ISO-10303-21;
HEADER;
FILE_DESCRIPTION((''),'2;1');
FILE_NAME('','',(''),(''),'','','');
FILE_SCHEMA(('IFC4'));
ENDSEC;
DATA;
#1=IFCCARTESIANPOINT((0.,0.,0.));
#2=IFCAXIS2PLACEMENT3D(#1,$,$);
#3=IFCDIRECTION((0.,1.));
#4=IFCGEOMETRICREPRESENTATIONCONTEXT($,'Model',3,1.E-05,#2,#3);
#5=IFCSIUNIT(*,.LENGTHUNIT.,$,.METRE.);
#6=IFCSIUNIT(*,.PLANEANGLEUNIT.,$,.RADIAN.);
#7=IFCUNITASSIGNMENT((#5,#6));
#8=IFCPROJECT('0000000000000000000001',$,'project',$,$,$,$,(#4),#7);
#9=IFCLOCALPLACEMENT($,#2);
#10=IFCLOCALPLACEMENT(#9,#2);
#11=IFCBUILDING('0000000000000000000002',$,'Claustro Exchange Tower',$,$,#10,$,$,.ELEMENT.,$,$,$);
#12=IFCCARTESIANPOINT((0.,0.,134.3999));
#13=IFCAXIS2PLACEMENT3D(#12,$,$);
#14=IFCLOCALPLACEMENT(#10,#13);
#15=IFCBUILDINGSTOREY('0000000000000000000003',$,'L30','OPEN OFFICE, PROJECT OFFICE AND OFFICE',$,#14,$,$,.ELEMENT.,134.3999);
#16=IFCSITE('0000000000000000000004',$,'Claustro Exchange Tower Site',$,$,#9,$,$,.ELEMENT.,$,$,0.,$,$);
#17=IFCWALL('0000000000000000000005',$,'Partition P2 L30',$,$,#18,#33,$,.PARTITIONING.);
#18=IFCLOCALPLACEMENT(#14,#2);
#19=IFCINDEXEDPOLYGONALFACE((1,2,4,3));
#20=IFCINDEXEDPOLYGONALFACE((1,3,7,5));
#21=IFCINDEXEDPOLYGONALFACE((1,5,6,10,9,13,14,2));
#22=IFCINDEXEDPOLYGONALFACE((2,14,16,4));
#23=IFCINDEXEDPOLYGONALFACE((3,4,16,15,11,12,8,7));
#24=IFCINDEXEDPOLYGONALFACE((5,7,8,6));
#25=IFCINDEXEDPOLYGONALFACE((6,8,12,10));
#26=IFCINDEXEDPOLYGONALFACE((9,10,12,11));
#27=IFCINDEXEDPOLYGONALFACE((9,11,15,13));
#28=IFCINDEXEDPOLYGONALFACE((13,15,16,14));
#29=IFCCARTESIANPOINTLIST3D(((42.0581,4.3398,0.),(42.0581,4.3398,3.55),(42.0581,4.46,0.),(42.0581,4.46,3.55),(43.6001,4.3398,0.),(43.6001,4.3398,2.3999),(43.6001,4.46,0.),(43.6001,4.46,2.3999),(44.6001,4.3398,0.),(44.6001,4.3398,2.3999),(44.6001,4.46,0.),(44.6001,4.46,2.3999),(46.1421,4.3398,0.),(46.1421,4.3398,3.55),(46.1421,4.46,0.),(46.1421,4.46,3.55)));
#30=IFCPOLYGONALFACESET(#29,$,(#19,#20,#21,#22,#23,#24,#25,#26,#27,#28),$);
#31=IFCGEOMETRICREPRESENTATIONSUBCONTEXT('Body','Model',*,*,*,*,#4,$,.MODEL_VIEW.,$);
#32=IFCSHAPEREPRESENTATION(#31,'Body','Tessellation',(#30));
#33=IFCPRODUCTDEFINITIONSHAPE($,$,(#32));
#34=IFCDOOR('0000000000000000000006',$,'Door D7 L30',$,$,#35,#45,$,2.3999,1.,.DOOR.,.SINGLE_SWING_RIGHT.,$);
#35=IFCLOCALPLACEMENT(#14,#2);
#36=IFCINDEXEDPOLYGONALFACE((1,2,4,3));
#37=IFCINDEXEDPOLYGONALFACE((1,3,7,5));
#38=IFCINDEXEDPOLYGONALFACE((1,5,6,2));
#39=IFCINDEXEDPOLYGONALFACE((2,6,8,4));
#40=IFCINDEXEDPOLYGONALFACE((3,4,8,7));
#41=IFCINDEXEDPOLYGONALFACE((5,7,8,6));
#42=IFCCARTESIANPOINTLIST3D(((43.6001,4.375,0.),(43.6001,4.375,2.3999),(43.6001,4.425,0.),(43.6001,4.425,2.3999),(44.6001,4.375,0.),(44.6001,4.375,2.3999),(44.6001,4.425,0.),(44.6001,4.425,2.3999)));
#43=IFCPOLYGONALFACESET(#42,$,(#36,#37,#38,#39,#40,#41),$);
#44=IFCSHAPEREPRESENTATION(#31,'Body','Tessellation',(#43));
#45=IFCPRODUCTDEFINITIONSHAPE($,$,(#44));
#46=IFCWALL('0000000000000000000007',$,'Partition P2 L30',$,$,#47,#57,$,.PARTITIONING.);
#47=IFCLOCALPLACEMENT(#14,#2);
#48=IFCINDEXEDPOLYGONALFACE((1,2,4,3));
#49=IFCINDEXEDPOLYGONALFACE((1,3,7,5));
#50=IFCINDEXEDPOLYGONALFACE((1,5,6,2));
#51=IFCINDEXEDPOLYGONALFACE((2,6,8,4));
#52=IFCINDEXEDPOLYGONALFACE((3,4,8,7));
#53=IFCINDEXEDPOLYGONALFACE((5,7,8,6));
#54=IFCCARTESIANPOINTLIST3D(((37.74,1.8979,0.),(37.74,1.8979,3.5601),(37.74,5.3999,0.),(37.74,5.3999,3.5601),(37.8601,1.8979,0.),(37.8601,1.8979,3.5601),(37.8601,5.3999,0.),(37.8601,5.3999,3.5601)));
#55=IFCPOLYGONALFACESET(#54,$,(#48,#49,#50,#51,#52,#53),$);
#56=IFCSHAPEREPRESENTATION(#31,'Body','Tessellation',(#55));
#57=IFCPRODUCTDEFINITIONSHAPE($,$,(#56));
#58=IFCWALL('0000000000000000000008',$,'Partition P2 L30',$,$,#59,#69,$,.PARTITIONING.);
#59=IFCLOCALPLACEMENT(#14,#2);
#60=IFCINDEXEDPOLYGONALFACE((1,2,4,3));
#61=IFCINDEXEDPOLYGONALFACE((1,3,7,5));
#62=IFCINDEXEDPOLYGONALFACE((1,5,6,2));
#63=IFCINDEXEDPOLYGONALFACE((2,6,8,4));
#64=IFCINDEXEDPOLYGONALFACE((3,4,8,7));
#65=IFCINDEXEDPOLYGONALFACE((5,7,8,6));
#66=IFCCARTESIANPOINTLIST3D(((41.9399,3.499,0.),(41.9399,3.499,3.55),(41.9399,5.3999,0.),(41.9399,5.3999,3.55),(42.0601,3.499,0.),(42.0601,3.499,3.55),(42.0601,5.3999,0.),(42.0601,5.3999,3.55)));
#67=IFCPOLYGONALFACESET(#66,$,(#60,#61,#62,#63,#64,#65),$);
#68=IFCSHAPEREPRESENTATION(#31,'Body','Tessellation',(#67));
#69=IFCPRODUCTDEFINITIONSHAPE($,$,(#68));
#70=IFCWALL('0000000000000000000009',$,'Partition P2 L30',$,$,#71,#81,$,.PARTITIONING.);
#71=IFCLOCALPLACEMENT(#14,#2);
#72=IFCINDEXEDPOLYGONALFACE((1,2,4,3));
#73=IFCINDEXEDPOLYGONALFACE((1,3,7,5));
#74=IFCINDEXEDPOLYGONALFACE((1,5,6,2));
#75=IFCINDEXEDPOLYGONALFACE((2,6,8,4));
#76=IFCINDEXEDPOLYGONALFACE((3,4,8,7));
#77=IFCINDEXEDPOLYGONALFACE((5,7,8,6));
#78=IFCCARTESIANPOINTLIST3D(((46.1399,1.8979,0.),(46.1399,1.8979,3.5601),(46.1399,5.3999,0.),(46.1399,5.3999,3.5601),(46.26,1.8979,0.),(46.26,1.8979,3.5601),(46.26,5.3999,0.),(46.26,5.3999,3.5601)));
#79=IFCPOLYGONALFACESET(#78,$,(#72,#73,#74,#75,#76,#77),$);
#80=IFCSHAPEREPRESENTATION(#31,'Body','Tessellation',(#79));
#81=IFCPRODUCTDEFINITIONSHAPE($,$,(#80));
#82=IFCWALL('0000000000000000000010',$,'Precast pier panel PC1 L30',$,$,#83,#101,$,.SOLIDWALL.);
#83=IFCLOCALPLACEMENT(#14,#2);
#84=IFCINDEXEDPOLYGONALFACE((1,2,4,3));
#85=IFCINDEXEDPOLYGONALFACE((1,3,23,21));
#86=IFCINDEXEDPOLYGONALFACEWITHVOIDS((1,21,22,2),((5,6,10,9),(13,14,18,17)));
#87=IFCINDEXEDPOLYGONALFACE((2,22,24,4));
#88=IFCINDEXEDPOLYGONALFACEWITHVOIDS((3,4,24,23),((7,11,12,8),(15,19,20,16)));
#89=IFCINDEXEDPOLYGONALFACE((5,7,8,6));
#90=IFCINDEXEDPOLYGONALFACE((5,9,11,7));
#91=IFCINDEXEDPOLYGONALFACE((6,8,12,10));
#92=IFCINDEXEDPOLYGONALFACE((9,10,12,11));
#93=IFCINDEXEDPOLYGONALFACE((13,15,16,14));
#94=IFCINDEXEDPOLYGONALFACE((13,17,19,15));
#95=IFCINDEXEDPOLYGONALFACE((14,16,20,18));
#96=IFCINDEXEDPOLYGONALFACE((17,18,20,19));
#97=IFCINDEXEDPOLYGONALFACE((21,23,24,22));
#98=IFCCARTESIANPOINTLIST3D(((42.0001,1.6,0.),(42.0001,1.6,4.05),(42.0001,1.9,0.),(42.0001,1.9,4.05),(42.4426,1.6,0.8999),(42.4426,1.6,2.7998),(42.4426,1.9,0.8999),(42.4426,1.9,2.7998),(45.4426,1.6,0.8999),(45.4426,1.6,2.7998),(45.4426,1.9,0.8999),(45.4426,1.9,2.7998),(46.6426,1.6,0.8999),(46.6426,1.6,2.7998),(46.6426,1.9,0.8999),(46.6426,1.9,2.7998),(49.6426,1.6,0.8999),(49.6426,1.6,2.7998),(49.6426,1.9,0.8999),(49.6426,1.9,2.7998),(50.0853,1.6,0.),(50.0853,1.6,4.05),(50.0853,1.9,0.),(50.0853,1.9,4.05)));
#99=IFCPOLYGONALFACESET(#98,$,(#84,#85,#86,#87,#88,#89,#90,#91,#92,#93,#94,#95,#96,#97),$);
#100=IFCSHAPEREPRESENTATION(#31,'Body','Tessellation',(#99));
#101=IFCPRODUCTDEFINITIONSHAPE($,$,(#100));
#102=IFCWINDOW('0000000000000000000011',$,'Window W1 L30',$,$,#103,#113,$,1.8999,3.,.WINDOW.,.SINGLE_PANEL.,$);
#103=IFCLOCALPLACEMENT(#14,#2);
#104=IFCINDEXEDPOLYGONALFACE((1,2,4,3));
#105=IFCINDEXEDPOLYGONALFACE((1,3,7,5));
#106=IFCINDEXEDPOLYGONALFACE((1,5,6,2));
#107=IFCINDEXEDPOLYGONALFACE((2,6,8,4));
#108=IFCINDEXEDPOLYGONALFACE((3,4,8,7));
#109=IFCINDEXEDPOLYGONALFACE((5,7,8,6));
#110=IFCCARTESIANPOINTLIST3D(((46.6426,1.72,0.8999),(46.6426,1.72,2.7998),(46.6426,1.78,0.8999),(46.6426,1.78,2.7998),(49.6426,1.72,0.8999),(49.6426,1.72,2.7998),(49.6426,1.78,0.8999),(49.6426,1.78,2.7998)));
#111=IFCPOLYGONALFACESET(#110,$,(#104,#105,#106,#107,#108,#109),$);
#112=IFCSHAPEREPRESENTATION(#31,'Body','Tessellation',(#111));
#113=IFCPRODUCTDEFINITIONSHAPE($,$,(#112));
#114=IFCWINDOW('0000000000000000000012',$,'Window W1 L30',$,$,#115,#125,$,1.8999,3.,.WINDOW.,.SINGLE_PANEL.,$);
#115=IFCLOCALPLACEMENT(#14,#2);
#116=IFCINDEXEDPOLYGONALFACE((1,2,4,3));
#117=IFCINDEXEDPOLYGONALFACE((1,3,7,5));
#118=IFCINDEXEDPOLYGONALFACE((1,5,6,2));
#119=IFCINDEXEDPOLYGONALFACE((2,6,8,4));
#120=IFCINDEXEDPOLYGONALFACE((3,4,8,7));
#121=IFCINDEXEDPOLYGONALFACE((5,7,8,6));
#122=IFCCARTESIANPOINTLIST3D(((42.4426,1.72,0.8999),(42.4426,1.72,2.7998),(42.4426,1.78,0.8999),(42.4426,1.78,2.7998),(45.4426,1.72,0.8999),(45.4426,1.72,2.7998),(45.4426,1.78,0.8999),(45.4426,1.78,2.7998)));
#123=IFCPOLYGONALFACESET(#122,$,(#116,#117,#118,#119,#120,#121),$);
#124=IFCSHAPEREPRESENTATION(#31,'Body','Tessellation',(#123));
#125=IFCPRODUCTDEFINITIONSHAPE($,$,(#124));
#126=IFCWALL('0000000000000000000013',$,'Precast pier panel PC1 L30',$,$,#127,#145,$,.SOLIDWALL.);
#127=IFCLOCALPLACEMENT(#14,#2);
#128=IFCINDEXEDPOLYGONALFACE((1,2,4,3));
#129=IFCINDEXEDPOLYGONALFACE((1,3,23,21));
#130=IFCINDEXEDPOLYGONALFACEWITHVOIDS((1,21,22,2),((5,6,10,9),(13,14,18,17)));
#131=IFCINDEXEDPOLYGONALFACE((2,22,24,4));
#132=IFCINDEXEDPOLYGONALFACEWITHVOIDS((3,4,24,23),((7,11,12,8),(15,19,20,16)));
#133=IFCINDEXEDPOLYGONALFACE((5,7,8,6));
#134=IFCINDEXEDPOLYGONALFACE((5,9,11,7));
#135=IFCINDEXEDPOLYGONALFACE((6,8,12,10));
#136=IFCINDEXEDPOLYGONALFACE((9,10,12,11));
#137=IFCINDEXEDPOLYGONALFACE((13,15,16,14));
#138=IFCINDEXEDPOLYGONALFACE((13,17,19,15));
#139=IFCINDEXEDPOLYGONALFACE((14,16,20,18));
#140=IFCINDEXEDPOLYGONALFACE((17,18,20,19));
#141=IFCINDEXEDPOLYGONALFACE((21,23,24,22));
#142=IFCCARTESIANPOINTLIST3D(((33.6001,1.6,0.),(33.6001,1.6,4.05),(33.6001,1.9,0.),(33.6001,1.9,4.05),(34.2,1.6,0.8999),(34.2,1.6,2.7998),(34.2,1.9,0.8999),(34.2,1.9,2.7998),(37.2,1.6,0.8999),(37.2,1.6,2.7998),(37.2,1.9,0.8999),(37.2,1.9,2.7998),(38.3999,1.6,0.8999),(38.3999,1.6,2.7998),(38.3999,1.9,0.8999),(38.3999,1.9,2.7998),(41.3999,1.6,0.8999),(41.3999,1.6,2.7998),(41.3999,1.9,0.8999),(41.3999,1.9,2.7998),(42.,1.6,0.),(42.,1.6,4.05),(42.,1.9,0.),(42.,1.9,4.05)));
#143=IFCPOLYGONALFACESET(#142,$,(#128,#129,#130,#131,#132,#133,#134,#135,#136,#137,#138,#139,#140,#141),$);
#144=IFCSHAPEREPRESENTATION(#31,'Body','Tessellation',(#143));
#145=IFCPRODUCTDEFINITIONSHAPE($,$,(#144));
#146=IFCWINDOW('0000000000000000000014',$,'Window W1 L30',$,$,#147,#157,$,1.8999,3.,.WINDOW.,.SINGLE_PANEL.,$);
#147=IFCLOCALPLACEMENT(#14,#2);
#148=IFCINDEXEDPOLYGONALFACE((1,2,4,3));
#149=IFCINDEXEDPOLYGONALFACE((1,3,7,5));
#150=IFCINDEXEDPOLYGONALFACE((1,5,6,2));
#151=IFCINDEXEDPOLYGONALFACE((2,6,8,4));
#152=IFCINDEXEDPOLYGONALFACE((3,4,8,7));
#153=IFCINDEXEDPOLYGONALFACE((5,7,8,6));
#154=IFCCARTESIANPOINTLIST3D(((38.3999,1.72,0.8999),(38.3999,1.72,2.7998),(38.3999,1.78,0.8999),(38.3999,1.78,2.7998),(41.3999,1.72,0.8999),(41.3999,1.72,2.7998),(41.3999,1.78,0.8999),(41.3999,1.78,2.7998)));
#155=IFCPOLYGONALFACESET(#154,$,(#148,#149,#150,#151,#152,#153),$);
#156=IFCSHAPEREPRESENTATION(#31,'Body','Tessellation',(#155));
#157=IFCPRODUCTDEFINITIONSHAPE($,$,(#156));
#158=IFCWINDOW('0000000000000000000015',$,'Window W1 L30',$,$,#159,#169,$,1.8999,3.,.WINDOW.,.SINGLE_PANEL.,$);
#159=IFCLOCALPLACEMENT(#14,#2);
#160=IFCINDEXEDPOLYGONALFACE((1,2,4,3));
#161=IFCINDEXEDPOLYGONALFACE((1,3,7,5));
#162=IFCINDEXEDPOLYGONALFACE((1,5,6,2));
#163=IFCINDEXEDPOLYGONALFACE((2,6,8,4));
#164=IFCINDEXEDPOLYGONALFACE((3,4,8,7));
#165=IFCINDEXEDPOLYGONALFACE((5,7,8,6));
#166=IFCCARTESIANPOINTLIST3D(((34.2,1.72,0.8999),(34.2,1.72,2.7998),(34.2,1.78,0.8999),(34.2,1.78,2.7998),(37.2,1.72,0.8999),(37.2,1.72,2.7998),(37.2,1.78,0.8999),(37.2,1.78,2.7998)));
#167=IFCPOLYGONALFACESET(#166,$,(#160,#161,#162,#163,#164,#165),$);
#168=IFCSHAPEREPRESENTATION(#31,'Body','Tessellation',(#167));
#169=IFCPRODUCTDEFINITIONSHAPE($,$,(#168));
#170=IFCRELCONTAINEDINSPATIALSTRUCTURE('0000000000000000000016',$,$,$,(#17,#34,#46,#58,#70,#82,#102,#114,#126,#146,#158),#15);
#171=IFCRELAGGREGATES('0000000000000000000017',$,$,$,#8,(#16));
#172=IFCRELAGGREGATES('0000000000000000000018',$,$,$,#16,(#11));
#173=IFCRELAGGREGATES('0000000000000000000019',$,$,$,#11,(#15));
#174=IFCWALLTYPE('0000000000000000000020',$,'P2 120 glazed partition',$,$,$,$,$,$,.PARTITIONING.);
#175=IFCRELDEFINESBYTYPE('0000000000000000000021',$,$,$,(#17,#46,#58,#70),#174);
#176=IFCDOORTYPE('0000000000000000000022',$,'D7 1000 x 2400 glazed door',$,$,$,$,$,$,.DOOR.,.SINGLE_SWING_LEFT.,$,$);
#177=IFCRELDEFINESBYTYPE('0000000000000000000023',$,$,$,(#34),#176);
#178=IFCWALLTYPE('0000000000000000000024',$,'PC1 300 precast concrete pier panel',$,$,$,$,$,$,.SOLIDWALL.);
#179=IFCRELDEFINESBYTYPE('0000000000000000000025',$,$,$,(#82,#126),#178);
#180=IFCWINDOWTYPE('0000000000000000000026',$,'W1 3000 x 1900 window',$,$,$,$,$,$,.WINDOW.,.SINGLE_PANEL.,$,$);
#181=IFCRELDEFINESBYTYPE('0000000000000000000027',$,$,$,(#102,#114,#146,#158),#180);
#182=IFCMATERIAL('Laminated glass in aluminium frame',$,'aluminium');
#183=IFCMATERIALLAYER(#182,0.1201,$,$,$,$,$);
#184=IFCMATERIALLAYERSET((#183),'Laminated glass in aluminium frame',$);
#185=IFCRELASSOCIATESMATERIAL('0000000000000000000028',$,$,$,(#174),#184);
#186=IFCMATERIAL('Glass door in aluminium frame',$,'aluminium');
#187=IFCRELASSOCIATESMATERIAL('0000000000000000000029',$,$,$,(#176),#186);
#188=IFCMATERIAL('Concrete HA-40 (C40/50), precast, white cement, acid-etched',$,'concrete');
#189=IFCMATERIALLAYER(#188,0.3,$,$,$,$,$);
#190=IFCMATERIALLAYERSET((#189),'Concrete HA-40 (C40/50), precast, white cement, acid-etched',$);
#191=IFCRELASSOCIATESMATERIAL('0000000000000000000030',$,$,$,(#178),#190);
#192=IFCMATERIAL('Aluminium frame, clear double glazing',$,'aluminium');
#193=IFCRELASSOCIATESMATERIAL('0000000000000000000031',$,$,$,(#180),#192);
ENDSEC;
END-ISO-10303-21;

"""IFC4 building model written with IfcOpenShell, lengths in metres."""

from ifc_helpers import new_model, si_unit, direction, frame, frame_2d, origin, place, context, subcontext, project, spatial, rectangle, extrude, material, layer, layer_set, type_object, element, fill, save


model = new_model("IFC4")

# Units and contexts
model_context = context("Model", 3, precision=1e-05, world=origin(), true_north=direction((0.0, 1.0)))
body_context = subcontext(model_context, "Body", "Model", "MODEL_VIEW")
ifc_project = project(units=[si_unit("LENGTHUNIT", "METRE"), si_unit("PLANEANGLEUNIT", "RADIAN")], contexts=[model_context])

# Site, building, storey
site_placement = place(None, origin())
site = spatial("IfcSite", under=ifc_project, at=site_placement, Name="Claustro Exchange Tower Site", CompositionType="ELEMENT", RefElevation=0.0)
building_placement = place(site_placement, origin())
building = spatial("IfcBuilding", under=site, at=building_placement, Name="Claustro Exchange Tower", CompositionType="ELEMENT")
storey_placement = place(building_placement, frame((0.0, 0.0, 134.3999)))
storey = spatial("IfcBuildingStorey", under=building, at=storey_placement, Name="L30", Description="OPEN OFFICE, PROJECT OFFICE AND OFFICE", CompositionType="ELEMENT", Elevation=134.3999)

# Wall, opening, door
ifc_material_1 = material(Name="Laminated glass in aluminium frame", Category="aluminium")
ifc_layer_1 = layer(ifc_material_1, 0.1201)
ifc_layer_set_1 = layer_set([ifc_layer_1], Name="Laminated glass in aluminium frame")
wall_type_1 = type_object("IfcWallType", Name="P2 120 glazed partition", PredefinedType="PARTITIONING", material=ifc_layer_set_1)
ifc_material_2 = material(Name="Glass door in aluminium frame", Category="aluminium")
door_type = type_object("IfcDoorType", Name="D7 1000 x 2400 glazed door", OperationType="SINGLE_SWING_LEFT", PredefinedType="DOOR", material=ifc_material_2)
wall_1_placement = place(storey_placement, frame((42.0581, 4.3999, 0.0), z_axis=(0.0, 0.0, 1.0), x_axis=(1.0, 0.0, 0.0)))
wall_1 = element("IfcWall", 1, at=wall_1_placement, inside=storey, type_object=wall_type_1, Name="Partition P2 L30", PredefinedType="PARTITIONING", context=body_context, shape_type="SweptSolid", body=[
    extrude(rectangle(XDim=4.084, YDim=0.1201, at=frame_2d((2.042, 0.0))), origin(), (0.0, 0.0, 1.0), 3.55),
])
opening_1_placement = place(wall_1_placement, frame((1.542, 0.0, 0.0)))
opening_1 = element("IfcOpeningElement", 2, at=opening_1_placement, cuts=wall_1, PredefinedType="OPENING", context=body_context, shape_type="SweptSolid", body=[
    extrude(rectangle(XDim=1.0, YDim=2.3999, at=frame_2d((0.5, 1.2))), frame((0.0, 0.0701, 0.0), z_axis=(0.0, -1.0, 0.0), x_axis=(1.0, 0.0, 0.0)), (0.0, 0.0, 1.0), 0.1401),
])
door_1_placement = place(opening_1_placement, frame((1.0, 0.0, 0.0), z_axis=(0.0, 0.0, 1.0), x_axis=(-1.0, 0.0, 0.0)))
door_1 = element("IfcDoor", 3, at=door_1_placement, inside=storey, type_object=door_type, Name="Door D7 L30", OperationType="SINGLE_SWING_RIGHT", OverallHeight=2.3999, OverallWidth=1.0, PredefinedType="DOOR", context=body_context, shape_type="SweptSolid", body=[
    extrude(rectangle(XDim=1.0, YDim=2.3999, at=frame_2d((0.5, 1.2))), frame((0.0, 0.0249, 0.0), z_axis=(0.0, -1.0, 0.0), x_axis=(1.0, 0.0, 0.0)), (0.0, 0.0, 1.0), 0.05),
])
fill(opening_1, door_1)

# Walls
wall_2_placement = place(storey_placement, frame((37.8, 1.8979, 0.0), z_axis=(0.0, 0.0, 1.0), x_axis=(0.0, 1.0, 0.0)))
element("IfcWall", 4, at=wall_2_placement, inside=storey, type_object=wall_type_1, Name="Partition P2 L30", PredefinedType="PARTITIONING", context=body_context, shape_type="SweptSolid", body=[
    extrude(rectangle(XDim=3.502, YDim=0.1201, at=frame_2d((1.751, 0.0))), origin(), (0.0, 0.0, 1.0), 3.5601),
])
wall_3_placement = place(storey_placement, frame((42.0, 3.499, 0.0), z_axis=(0.0, 0.0, 1.0), x_axis=(0.0, 1.0, 0.0)))
element("IfcWall", 5, at=wall_3_placement, inside=storey, type_object=wall_type_1, Name="Partition P2 L30", PredefinedType="PARTITIONING", context=body_context, shape_type="SweptSolid", body=[
    extrude(rectangle(XDim=1.9009, YDim=0.1201, at=frame_2d((0.9504, 0.0))), origin(), (0.0, 0.0, 1.0), 3.55),
])
wall_4_placement = place(storey_placement, frame((46.2, 1.8979, 0.0), z_axis=(0.0, 0.0, 1.0), x_axis=(0.0, 1.0, 0.0)))
element("IfcWall", 6, at=wall_4_placement, inside=storey, type_object=wall_type_1, Name="Partition P2 L30", PredefinedType="PARTITIONING", context=body_context, shape_type="SweptSolid", body=[
    extrude(rectangle(XDim=3.502, YDim=0.1201, at=frame_2d((1.751, 0.0))), origin(), (0.0, 0.0, 1.0), 3.5601),
])

# Walls, openings, windows
ifc_material_3 = material(Name="Concrete HA-40 (C40/50), precast, white cement, acid-etched", Category="concrete")
ifc_layer_2 = layer(ifc_material_3, 0.3)
ifc_layer_set_2 = layer_set([ifc_layer_2], Name="Concrete HA-40 (C40/50), precast, white cement, acid-etched")
wall_type_2 = type_object("IfcWallType", Name="PC1 300 precast concrete pier panel", PredefinedType="SOLIDWALL", material=ifc_layer_set_2)
wall_5_placement = place(storey_placement, frame((50.0852, 1.75, 0.0), z_axis=(0.0, 0.0, 1.0), x_axis=(-1.0, 0.0, 0.0)))
wall_5 = element("IfcWall", 7, at=wall_5_placement, inside=storey, type_object=wall_type_2, Name="Precast pier panel PC1 L30", PredefinedType="SOLIDWALL", context=body_context, shape_type="SweptSolid", body=[
    extrude(rectangle(XDim=8.0852, YDim=0.3, at=frame_2d((4.0425, 0.0))), origin(), (0.0, 0.0, 1.0), 4.05),
])
opening_2_placement = place(wall_5_placement, frame((0.4426, 0.0, 0.8999)))
opening_2 = element("IfcOpeningElement", 8, at=opening_2_placement, cuts=wall_5, PredefinedType="OPENING", context=body_context, shape_type="SweptSolid", body=[
    extrude(rectangle(XDim=3.0, YDim=1.8999, at=frame_2d((1.5, 0.95))), frame((0.0, 0.1599, 0.0), z_axis=(0.0, -1.0, 0.0), x_axis=(1.0, 0.0, 0.0)), (0.0, 0.0, 1.0), 0.3201),
])
opening_3_placement = place(wall_5_placement, frame((4.6426, 0.0, 0.8999)))
opening_3 = element("IfcOpeningElement", 9, at=opening_3_placement, cuts=wall_5, PredefinedType="OPENING", context=body_context, shape_type="SweptSolid", body=[
    extrude(rectangle(XDim=3.0, YDim=1.8999, at=frame_2d((1.5, 0.95))), frame((0.0, 0.1599, 0.0), z_axis=(0.0, -1.0, 0.0), x_axis=(1.0, 0.0, 0.0)), (0.0, 0.0, 1.0), 0.3201),
])
ifc_material_4 = material(Name="Aluminium frame, clear double glazing", Category="aluminium")
window_type = type_object("IfcWindowType", Name="W1 3000 x 1900 window", PartitioningType="SINGLE_PANEL", PredefinedType="WINDOW", material=ifc_material_4)
window_1_placement = place(opening_2_placement, origin())
window_1 = element("IfcWindow", 10, at=window_1_placement, inside=storey, type_object=window_type, Name="Window W1 L30", OverallHeight=1.8999, OverallWidth=3.0, PartitioningType="SINGLE_PANEL", PredefinedType="WINDOW", context=body_context, shape_type="SweptSolid", body=[
    extrude(rectangle(XDim=3.0, YDim=1.8999, at=frame_2d((1.5, 0.95))), frame((0.0, 0.03, 0.0), z_axis=(0.0, -1.0, 0.0), x_axis=(1.0, 0.0, 0.0)), (0.0, 0.0, 1.0), 0.0601),
])
fill(opening_2, window_1)
window_2_placement = place(opening_3_placement, origin())
window_2 = element("IfcWindow", 11, at=window_2_placement, inside=storey, type_object=window_type, Name="Window W1 L30", OverallHeight=1.8999, OverallWidth=3.0, PartitioningType="SINGLE_PANEL", PredefinedType="WINDOW", context=body_context, shape_type="SweptSolid", body=[
    extrude(rectangle(XDim=3.0, YDim=1.8999, at=frame_2d((1.5, 0.95))), frame((0.0, 0.03, 0.0), z_axis=(0.0, -1.0, 0.0), x_axis=(1.0, 0.0, 0.0)), (0.0, 0.0, 1.0), 0.0601),
])
fill(opening_3, window_2)
wall_6_placement = place(storey_placement, frame((42.0, 1.75, 0.0), z_axis=(0.0, 0.0, 1.0), x_axis=(-1.0, 0.0, 0.0)))
wall_6 = element("IfcWall", 12, at=wall_6_placement, inside=storey, type_object=wall_type_2, Name="Precast pier panel PC1 L30", PredefinedType="SOLIDWALL", context=body_context, shape_type="SweptSolid", body=[
    extrude(rectangle(XDim=8.3999, YDim=0.3, at=frame_2d((4.2, 0.0))), origin(), (0.0, 0.0, 1.0), 4.05),
])
opening_4_placement = place(wall_6_placement, frame((0.6001, 0.0, 0.8999)))
opening_4 = element("IfcOpeningElement", 13, at=opening_4_placement, cuts=wall_6, PredefinedType="OPENING", context=body_context, shape_type="SweptSolid", body=[
    extrude(rectangle(XDim=3.0, YDim=1.8999, at=frame_2d((1.5, 0.95))), frame((0.0, 0.1599, 0.0), z_axis=(0.0, -1.0, 0.0), x_axis=(1.0, 0.0, 0.0)), (0.0, 0.0, 1.0), 0.3201),
])
opening_5_placement = place(wall_6_placement, frame((4.8, 0.0, 0.8999)))
opening_5 = element("IfcOpeningElement", 14, at=opening_5_placement, cuts=wall_6, PredefinedType="OPENING", context=body_context, shape_type="SweptSolid", body=[
    extrude(rectangle(XDim=3.0, YDim=1.8999, at=frame_2d((1.5, 0.95))), frame((0.0, 0.1599, 0.0), z_axis=(0.0, -1.0, 0.0), x_axis=(1.0, 0.0, 0.0)), (0.0, 0.0, 1.0), 0.3201),
])
window_3_placement = place(opening_4_placement, origin())
window_3 = element("IfcWindow", 15, at=window_3_placement, inside=storey, type_object=window_type, Name="Window W1 L30", OverallHeight=1.8999, OverallWidth=3.0, PartitioningType="SINGLE_PANEL", PredefinedType="WINDOW", context=body_context, shape_type="SweptSolid", body=[
    extrude(rectangle(XDim=3.0, YDim=1.8999, at=frame_2d((1.5, 0.95))), frame((0.0, 0.03, 0.0), z_axis=(0.0, -1.0, 0.0), x_axis=(1.0, 0.0, 0.0)), (0.0, 0.0, 1.0), 0.0601),
])
fill(opening_4, window_3)
window_4_placement = place(opening_5_placement, origin())
window_4 = element("IfcWindow", 16, at=window_4_placement, inside=storey, type_object=window_type, Name="Window W1 L30", OverallHeight=1.8999, OverallWidth=3.0, PartitioningType="SINGLE_PANEL", PredefinedType="WINDOW", context=body_context, shape_type="SweptSolid", body=[
    extrude(rectangle(XDim=3.0, YDim=1.8999, at=frame_2d((1.5, 0.95))), frame((0.0, 0.03, 0.0), z_axis=(0.0, -1.0, 0.0), x_axis=(1.0, 0.0, 0.0)), (0.0, 0.0, 1.0), 0.0601),
])
fill(opening_5, window_4)

save(model, "model.ifc")
